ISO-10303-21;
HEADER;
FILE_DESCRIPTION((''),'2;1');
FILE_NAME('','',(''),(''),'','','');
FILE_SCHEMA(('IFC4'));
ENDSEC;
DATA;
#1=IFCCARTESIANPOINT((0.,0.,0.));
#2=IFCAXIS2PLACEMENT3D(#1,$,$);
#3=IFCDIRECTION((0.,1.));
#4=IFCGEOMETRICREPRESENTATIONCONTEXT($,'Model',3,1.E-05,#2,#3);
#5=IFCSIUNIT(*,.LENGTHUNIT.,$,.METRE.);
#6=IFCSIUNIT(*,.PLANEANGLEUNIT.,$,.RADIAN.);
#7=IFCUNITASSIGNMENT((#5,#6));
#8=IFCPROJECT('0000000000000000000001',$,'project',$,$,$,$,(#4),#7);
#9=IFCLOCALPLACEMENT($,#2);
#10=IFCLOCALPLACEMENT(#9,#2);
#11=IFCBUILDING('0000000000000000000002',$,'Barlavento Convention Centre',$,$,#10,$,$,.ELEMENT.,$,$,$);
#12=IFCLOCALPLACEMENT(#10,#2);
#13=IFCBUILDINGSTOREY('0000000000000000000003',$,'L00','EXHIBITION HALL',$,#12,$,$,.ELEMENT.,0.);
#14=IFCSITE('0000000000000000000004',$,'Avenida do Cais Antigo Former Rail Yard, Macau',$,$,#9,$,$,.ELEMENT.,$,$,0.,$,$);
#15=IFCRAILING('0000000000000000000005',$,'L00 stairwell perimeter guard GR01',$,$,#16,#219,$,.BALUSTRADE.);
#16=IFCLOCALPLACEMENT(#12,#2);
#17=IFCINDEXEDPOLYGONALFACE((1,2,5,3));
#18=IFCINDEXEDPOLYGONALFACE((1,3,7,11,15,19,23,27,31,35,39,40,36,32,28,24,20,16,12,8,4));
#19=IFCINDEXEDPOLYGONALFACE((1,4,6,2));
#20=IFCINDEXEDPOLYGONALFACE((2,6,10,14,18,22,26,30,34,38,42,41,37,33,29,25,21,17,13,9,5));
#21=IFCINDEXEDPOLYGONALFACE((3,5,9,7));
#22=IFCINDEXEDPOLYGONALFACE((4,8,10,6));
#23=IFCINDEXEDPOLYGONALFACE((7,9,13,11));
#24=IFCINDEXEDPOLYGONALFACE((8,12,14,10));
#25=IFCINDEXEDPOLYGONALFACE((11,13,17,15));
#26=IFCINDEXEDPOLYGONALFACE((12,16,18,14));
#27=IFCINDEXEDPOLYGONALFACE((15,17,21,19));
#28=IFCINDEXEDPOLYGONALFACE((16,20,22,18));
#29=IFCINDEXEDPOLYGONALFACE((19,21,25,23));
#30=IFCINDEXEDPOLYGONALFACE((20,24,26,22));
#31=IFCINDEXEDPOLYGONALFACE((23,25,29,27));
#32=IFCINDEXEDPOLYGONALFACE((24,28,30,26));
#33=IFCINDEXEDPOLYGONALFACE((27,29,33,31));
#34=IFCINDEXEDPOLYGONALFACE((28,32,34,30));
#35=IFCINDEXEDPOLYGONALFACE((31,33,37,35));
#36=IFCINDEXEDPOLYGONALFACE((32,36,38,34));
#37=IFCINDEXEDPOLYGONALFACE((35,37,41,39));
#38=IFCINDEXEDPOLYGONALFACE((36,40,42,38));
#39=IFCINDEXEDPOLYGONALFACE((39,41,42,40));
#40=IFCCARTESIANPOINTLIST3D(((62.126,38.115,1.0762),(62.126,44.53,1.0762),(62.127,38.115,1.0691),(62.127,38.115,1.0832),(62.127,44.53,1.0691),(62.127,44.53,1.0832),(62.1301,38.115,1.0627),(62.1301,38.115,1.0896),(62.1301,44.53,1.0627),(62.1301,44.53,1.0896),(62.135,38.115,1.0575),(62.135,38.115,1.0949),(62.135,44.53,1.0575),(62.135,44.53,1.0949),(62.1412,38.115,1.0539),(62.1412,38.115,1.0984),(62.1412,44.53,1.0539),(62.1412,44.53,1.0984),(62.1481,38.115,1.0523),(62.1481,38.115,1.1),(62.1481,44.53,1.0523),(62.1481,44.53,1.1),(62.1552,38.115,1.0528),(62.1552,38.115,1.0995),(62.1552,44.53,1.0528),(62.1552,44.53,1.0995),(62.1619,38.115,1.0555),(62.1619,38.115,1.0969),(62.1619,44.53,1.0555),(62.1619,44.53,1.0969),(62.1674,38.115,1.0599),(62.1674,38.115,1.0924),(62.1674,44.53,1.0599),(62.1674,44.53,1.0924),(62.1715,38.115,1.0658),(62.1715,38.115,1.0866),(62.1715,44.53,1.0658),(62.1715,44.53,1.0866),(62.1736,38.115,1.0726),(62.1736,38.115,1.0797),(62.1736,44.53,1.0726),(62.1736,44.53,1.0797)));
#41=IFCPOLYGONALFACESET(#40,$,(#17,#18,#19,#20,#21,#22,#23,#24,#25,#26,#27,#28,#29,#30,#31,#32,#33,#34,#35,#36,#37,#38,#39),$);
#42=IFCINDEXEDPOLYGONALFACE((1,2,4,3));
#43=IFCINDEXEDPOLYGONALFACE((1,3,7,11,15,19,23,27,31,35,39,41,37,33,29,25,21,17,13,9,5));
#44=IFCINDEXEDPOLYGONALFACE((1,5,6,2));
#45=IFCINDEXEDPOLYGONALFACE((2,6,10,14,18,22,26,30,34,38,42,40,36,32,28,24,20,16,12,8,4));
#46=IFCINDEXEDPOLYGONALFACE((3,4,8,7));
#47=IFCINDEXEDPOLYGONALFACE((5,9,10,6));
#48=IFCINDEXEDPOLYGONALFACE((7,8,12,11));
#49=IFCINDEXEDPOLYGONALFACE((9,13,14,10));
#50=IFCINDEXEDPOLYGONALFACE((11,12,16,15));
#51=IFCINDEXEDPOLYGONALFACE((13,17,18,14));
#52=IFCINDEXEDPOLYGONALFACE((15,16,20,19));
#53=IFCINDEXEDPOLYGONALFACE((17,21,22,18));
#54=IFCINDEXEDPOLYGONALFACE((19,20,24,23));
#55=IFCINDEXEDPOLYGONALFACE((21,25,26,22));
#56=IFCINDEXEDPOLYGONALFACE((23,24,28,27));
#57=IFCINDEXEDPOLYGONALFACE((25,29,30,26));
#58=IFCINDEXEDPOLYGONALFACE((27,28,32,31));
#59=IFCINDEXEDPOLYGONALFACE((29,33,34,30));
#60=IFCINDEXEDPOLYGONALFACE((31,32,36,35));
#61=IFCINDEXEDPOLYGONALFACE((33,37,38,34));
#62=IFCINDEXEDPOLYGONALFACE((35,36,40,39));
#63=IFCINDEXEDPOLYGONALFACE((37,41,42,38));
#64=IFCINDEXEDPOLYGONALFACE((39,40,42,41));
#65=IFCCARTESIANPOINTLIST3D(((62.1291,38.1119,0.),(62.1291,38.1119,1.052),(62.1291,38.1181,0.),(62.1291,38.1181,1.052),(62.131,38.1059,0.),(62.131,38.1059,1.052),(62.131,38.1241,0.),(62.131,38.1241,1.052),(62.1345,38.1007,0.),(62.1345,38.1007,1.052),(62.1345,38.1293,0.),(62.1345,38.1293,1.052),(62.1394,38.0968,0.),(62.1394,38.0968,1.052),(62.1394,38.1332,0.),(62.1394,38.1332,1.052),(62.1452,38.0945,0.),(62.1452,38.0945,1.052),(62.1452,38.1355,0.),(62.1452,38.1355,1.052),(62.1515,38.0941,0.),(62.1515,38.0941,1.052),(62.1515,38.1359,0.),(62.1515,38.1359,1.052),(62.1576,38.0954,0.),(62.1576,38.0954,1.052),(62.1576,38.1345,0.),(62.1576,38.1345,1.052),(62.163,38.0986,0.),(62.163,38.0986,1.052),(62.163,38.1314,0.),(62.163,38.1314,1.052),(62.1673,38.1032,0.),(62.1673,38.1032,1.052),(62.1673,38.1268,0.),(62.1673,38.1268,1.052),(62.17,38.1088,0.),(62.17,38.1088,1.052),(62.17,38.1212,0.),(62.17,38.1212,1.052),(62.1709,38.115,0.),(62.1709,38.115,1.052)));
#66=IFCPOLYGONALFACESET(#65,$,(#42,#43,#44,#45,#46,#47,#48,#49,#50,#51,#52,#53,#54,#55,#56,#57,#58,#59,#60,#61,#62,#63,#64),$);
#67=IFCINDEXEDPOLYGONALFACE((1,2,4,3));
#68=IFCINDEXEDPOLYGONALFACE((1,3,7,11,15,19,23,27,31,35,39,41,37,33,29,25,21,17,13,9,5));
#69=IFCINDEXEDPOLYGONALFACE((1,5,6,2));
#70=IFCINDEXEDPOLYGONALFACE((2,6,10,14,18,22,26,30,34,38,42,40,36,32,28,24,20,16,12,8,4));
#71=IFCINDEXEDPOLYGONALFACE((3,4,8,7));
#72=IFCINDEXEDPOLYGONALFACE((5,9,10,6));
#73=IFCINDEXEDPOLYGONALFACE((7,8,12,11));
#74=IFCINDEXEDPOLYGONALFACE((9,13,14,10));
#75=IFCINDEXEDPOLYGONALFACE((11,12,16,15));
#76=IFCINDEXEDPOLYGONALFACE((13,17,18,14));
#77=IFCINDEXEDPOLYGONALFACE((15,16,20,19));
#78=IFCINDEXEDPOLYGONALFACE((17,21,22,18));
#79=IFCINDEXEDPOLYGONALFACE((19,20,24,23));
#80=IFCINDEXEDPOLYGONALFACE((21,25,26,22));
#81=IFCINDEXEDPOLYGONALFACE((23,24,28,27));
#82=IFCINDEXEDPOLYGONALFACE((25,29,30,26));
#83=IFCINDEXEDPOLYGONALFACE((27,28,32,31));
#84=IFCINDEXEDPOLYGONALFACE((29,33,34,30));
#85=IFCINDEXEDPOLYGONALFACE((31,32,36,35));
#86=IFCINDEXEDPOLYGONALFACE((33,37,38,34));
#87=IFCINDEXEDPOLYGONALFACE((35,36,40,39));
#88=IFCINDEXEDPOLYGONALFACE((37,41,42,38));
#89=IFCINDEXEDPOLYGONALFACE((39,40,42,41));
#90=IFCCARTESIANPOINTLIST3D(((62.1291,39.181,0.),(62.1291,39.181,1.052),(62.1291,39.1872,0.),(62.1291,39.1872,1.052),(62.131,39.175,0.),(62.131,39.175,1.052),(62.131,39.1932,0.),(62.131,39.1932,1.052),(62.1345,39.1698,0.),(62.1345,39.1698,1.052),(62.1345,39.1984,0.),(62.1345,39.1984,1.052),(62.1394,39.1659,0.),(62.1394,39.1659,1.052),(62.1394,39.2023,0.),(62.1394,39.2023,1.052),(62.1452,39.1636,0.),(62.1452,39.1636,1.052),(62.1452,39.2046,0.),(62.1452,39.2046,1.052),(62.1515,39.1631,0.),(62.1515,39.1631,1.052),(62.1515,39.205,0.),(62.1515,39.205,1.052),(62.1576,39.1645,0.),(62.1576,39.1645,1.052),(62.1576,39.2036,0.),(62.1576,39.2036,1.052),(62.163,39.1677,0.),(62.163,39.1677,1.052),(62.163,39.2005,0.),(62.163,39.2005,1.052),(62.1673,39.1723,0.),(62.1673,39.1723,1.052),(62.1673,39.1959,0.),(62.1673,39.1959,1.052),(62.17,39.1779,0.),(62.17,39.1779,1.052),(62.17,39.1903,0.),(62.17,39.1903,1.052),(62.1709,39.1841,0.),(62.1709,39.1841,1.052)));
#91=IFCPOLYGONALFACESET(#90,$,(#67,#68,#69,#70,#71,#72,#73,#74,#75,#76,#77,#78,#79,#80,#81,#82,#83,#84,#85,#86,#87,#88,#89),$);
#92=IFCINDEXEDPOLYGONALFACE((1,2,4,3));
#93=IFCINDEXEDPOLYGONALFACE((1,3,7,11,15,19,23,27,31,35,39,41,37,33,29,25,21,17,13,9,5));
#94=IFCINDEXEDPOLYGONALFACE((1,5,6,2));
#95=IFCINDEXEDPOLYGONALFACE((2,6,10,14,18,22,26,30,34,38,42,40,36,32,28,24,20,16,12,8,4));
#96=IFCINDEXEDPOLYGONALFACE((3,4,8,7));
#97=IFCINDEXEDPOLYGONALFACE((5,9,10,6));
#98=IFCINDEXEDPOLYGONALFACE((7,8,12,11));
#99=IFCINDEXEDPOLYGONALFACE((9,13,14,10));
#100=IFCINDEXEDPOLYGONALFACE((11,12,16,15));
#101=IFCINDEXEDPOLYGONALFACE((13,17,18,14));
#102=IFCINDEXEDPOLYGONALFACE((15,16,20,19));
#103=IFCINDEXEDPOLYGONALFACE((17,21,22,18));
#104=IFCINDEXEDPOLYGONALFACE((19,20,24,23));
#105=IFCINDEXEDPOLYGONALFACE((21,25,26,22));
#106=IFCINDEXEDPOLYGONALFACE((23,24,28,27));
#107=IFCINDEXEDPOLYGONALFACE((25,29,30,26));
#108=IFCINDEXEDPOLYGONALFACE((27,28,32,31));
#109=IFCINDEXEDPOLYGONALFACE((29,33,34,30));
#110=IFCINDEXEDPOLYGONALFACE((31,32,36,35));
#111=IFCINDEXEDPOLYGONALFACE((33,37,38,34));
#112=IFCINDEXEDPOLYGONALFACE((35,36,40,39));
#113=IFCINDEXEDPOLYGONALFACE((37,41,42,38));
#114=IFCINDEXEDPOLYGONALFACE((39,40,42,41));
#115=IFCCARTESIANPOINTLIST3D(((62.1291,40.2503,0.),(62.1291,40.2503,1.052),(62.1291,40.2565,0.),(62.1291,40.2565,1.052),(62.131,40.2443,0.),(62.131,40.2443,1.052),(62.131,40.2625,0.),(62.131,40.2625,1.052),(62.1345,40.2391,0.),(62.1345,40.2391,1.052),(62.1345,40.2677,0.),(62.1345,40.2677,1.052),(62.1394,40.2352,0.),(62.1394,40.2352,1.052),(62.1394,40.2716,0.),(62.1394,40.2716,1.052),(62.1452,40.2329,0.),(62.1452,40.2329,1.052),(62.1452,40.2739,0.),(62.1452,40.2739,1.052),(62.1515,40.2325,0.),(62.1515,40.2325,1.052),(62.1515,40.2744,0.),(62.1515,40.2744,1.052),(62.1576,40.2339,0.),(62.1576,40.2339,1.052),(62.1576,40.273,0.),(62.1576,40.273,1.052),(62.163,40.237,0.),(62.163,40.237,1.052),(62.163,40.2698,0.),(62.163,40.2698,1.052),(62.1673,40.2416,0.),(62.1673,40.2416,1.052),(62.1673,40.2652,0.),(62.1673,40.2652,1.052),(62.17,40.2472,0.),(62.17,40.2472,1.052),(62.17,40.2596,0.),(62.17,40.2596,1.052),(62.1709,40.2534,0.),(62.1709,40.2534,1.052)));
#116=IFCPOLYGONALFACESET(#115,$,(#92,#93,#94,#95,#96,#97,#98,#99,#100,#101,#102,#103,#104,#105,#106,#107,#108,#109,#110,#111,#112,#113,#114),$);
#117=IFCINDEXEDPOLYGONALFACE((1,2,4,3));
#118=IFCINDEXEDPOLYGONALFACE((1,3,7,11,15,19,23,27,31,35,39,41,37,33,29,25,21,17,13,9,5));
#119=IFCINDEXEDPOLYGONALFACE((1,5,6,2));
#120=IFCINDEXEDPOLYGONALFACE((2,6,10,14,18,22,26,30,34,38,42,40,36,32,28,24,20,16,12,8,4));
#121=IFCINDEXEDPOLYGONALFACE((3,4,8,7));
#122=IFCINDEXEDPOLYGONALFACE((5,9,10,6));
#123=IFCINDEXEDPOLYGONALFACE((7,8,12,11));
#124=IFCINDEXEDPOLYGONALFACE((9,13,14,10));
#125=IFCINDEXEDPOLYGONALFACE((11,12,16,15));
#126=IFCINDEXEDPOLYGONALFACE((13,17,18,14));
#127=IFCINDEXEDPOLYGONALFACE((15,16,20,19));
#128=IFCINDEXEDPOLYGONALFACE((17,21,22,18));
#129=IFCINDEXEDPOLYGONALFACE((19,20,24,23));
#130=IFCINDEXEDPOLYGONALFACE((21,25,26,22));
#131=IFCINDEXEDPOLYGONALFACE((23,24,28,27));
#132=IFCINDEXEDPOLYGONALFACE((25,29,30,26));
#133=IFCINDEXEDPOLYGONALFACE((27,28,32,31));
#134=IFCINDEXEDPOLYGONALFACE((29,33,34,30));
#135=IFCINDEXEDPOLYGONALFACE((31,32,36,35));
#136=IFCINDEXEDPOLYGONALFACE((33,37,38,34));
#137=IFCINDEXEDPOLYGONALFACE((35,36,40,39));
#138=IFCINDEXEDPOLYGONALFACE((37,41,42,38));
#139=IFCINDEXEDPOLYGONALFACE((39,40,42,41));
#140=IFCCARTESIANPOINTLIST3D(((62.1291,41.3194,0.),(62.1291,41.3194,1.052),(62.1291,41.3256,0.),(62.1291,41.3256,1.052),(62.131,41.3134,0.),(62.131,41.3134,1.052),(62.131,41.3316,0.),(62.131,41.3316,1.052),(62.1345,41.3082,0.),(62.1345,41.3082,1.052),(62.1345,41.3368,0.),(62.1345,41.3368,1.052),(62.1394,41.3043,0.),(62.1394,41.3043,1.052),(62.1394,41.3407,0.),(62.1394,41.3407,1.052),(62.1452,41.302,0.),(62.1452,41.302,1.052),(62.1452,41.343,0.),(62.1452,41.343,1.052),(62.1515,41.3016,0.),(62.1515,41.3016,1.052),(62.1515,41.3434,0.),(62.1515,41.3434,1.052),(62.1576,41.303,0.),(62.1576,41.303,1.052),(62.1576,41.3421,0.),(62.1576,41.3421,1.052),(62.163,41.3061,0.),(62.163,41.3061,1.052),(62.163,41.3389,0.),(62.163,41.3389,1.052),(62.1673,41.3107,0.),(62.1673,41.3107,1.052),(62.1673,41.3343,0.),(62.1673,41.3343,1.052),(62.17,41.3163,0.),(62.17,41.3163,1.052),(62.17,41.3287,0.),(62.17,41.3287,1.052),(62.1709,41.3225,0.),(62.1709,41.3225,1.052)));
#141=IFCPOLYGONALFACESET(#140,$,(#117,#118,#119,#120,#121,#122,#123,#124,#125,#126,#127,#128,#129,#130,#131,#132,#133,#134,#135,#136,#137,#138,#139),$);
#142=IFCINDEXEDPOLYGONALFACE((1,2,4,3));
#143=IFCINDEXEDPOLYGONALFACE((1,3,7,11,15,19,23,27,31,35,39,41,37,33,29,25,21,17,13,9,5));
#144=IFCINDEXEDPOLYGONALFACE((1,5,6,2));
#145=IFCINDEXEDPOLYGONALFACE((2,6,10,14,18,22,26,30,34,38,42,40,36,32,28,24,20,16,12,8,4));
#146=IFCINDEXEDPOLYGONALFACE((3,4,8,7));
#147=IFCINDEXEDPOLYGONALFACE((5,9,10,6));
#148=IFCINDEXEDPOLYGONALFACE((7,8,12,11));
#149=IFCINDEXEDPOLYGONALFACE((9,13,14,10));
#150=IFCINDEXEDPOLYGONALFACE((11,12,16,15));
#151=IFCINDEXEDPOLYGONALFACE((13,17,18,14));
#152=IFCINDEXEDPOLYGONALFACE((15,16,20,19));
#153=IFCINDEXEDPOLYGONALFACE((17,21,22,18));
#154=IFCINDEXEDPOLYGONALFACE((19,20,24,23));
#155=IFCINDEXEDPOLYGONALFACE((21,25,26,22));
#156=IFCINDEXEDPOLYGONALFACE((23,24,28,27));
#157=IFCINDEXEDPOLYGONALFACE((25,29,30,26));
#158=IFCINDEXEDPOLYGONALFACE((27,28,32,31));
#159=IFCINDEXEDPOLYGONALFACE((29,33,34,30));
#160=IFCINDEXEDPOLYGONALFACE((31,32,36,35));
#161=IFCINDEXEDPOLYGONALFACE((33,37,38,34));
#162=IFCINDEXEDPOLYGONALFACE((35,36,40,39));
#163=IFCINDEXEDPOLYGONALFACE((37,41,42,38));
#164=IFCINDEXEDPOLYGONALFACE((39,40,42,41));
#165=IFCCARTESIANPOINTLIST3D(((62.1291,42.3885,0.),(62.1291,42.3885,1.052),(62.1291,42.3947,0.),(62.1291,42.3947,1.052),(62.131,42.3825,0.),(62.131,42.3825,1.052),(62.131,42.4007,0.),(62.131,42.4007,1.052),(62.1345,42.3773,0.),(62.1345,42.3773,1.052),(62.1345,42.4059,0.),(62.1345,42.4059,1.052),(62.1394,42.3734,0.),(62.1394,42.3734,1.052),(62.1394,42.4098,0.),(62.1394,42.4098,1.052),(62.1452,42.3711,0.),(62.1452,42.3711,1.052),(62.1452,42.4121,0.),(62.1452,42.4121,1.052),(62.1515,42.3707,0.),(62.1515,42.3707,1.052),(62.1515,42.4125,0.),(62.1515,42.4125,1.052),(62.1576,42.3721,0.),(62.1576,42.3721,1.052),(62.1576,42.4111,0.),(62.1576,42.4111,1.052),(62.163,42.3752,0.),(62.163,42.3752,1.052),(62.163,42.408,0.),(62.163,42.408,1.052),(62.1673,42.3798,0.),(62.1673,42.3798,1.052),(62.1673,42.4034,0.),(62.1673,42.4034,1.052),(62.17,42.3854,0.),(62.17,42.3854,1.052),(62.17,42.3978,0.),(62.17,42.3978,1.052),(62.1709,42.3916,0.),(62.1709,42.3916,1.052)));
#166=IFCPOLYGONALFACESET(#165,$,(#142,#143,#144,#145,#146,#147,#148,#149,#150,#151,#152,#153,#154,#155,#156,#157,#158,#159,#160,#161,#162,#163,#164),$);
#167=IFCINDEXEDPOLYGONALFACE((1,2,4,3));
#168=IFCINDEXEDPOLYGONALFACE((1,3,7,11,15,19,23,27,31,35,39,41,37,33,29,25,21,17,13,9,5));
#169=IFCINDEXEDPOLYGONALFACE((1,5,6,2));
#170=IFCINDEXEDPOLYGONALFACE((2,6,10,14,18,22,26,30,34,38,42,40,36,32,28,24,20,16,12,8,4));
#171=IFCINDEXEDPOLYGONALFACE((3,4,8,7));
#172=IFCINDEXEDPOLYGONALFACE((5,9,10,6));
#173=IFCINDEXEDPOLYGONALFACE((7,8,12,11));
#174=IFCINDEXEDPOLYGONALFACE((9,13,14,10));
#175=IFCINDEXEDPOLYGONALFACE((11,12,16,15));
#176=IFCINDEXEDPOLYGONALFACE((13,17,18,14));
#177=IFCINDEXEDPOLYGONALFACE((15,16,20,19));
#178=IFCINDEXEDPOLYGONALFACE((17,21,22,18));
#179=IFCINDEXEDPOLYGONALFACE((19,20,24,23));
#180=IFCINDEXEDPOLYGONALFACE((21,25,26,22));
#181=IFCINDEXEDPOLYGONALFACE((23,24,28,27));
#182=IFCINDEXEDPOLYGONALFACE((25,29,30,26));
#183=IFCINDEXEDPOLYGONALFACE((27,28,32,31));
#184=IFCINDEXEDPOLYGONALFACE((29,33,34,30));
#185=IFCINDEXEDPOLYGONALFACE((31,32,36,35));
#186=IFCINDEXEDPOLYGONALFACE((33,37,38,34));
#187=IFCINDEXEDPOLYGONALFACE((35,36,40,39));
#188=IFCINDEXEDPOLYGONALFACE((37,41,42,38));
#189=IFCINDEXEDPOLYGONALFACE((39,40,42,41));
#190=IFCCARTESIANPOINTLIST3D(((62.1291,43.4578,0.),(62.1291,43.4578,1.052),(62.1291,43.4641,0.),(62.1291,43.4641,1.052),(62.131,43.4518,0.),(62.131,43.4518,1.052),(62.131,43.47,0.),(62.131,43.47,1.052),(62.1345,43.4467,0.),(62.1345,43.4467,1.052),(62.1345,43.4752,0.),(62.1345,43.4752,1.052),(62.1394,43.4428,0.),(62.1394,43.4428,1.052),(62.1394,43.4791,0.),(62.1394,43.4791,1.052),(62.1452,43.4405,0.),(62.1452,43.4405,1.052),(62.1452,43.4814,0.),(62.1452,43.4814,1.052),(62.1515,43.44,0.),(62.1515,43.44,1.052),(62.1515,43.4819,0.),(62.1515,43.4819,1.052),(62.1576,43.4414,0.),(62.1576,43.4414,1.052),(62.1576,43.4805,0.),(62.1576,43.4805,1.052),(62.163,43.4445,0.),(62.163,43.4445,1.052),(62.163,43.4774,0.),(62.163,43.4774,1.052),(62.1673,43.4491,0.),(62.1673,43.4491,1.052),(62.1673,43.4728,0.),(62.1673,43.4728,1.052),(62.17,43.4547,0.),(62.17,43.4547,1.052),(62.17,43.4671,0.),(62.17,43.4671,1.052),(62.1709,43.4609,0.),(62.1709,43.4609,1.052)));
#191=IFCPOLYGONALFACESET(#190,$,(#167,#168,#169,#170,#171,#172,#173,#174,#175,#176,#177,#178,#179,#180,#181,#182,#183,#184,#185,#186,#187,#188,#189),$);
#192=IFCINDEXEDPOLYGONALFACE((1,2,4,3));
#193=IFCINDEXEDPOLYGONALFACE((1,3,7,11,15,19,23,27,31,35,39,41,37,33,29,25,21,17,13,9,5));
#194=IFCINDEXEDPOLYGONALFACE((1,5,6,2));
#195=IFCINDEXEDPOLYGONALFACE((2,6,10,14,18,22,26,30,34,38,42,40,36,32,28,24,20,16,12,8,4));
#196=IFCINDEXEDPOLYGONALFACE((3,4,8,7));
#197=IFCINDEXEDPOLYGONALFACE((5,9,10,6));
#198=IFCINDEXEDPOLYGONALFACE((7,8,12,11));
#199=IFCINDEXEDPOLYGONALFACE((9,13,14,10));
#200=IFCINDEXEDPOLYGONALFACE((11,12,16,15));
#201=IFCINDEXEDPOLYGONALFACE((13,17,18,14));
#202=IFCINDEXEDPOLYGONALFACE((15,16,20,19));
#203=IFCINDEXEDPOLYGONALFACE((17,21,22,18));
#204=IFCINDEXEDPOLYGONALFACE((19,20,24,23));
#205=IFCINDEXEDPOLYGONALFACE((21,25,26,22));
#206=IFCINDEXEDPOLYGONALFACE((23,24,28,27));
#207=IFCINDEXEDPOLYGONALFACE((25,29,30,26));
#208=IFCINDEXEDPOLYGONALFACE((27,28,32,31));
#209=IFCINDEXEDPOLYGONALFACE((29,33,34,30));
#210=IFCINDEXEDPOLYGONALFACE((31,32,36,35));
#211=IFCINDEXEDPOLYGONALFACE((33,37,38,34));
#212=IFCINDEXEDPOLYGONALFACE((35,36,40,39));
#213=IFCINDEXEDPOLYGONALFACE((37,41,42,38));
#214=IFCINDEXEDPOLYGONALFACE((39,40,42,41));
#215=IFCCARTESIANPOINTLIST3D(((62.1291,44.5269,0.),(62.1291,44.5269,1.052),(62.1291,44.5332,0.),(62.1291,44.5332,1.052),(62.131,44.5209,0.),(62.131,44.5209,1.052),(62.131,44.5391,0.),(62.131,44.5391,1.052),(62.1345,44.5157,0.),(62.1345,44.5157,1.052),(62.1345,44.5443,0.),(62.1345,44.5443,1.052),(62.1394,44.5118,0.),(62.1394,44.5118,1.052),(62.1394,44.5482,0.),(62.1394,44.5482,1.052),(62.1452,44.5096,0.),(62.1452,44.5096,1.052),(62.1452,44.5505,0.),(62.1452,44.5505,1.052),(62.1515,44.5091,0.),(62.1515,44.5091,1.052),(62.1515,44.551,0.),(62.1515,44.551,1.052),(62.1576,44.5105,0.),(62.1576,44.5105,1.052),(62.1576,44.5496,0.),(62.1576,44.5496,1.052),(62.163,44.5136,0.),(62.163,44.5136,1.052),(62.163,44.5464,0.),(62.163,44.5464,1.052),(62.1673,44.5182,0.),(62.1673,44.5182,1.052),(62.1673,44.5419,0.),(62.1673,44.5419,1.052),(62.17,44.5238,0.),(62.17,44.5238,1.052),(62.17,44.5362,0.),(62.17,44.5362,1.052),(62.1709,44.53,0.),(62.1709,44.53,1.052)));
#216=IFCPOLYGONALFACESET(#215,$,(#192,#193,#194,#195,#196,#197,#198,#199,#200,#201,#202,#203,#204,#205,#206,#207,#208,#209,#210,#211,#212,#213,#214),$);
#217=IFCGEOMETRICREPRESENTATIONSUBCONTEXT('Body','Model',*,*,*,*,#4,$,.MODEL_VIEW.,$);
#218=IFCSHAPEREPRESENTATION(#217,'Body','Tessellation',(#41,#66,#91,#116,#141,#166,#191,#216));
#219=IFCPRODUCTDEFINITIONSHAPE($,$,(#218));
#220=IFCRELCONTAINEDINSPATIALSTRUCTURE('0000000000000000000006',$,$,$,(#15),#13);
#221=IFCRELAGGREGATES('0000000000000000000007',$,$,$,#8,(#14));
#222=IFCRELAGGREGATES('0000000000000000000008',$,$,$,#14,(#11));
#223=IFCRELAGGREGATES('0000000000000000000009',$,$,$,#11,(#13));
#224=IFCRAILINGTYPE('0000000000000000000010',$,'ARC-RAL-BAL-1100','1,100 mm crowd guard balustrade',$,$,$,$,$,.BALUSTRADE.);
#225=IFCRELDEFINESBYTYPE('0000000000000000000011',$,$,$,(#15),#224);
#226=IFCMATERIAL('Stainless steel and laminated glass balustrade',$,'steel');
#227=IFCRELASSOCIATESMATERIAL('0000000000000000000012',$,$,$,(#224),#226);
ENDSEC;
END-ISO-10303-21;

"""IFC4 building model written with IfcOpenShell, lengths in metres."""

from ifc_helpers import new_model, si_unit, direction, frame, origin, origin_2d, place, context, subcontext, project, spatial, circle, extrude, material, type_object, element, save


model = new_model("IFC4")

# Units and contexts
model_context = context("Model", 3, precision=1e-05, world=origin(), true_north=direction((0.0, 1.0)))
body_context = subcontext(model_context, "Body", "Model", "MODEL_VIEW")
ifc_project = project(units=[si_unit("LENGTHUNIT", "METRE"), si_unit("PLANEANGLEUNIT", "RADIAN")], contexts=[model_context])

# Site, building, storey
site_placement = place(None, origin())
site = spatial("IfcSite", under=ifc_project, at=site_placement, Name="Avenida do Cais Antigo Former Rail Yard, Macau", CompositionType="ELEMENT", RefElevation=0.0)
building_placement = place(site_placement, origin())
building = spatial("IfcBuilding", under=site, at=building_placement, Name="Barlavento Convention Centre", CompositionType="ELEMENT")
storey_placement = place(building_placement, origin())
storey = spatial("IfcBuildingStorey", under=building, at=storey_placement, Name="L00", Description="EXHIBITION HALL", CompositionType="ELEMENT", Elevation=0.0)

# Railing
ifc_material_1 = material(Name="Stainless steel and laminated glass balustrade", Category="steel")
railing_type_1 = type_object("IfcRailingType", Name="ARC-RAL-BAL-1100", Description="1,100 mm crowd guard balustrade", PredefinedType="BALUSTRADE", material=ifc_material_1)
railing_1_placement = place(storey_placement, frame((62.1499, 38.115, 0.0)))
element("IfcRailing", 1, at=railing_1_placement, inside=storey, type_object=railing_type_1, Name="L00 stairwell perimeter guard GR01", PredefinedType="BALUSTRADE", context=body_context, shape_type="SweptSolid", body=[
    extrude(circle(Radius=0.0239, at=origin_2d()), frame((0.0, 0.0, 1.0762), z_axis=(0.0, 1.0, 0.0), x_axis=(-1.0, 0.0, 0.0)), (0.0, 0.0, 1.0), 6.415),
    extrude(circle(Radius=0.021, at=origin_2d()), origin(), (0.0, 0.0, 1.0), 1.052),
    extrude(circle(Radius=0.021, at=origin_2d()), frame((0.0, 1.0691, 0.0)), (0.0, 0.0, 1.0), 1.052),
    extrude(circle(Radius=0.021, at=origin_2d()), frame((0.0, 2.1384, 0.0)), (0.0, 0.0, 1.0), 1.052),
    extrude(circle(Radius=0.021, at=origin_2d()), frame((0.0, 3.2075, 0.0)), (0.0, 0.0, 1.0), 1.052),
    extrude(circle(Radius=0.021, at=origin_2d()), frame((0.0, 4.2766, 0.0)), (0.0, 0.0, 1.0), 1.052),
    extrude(circle(Radius=0.021, at=origin_2d()), frame((0.0, 5.3459, 0.0)), (0.0, 0.0, 1.0), 1.052),
    extrude(circle(Radius=0.021, at=origin_2d()), frame((0.0, 6.415, 0.0)), (0.0, 0.0, 1.0), 1.052),
])

save(model, "model.ifc")
